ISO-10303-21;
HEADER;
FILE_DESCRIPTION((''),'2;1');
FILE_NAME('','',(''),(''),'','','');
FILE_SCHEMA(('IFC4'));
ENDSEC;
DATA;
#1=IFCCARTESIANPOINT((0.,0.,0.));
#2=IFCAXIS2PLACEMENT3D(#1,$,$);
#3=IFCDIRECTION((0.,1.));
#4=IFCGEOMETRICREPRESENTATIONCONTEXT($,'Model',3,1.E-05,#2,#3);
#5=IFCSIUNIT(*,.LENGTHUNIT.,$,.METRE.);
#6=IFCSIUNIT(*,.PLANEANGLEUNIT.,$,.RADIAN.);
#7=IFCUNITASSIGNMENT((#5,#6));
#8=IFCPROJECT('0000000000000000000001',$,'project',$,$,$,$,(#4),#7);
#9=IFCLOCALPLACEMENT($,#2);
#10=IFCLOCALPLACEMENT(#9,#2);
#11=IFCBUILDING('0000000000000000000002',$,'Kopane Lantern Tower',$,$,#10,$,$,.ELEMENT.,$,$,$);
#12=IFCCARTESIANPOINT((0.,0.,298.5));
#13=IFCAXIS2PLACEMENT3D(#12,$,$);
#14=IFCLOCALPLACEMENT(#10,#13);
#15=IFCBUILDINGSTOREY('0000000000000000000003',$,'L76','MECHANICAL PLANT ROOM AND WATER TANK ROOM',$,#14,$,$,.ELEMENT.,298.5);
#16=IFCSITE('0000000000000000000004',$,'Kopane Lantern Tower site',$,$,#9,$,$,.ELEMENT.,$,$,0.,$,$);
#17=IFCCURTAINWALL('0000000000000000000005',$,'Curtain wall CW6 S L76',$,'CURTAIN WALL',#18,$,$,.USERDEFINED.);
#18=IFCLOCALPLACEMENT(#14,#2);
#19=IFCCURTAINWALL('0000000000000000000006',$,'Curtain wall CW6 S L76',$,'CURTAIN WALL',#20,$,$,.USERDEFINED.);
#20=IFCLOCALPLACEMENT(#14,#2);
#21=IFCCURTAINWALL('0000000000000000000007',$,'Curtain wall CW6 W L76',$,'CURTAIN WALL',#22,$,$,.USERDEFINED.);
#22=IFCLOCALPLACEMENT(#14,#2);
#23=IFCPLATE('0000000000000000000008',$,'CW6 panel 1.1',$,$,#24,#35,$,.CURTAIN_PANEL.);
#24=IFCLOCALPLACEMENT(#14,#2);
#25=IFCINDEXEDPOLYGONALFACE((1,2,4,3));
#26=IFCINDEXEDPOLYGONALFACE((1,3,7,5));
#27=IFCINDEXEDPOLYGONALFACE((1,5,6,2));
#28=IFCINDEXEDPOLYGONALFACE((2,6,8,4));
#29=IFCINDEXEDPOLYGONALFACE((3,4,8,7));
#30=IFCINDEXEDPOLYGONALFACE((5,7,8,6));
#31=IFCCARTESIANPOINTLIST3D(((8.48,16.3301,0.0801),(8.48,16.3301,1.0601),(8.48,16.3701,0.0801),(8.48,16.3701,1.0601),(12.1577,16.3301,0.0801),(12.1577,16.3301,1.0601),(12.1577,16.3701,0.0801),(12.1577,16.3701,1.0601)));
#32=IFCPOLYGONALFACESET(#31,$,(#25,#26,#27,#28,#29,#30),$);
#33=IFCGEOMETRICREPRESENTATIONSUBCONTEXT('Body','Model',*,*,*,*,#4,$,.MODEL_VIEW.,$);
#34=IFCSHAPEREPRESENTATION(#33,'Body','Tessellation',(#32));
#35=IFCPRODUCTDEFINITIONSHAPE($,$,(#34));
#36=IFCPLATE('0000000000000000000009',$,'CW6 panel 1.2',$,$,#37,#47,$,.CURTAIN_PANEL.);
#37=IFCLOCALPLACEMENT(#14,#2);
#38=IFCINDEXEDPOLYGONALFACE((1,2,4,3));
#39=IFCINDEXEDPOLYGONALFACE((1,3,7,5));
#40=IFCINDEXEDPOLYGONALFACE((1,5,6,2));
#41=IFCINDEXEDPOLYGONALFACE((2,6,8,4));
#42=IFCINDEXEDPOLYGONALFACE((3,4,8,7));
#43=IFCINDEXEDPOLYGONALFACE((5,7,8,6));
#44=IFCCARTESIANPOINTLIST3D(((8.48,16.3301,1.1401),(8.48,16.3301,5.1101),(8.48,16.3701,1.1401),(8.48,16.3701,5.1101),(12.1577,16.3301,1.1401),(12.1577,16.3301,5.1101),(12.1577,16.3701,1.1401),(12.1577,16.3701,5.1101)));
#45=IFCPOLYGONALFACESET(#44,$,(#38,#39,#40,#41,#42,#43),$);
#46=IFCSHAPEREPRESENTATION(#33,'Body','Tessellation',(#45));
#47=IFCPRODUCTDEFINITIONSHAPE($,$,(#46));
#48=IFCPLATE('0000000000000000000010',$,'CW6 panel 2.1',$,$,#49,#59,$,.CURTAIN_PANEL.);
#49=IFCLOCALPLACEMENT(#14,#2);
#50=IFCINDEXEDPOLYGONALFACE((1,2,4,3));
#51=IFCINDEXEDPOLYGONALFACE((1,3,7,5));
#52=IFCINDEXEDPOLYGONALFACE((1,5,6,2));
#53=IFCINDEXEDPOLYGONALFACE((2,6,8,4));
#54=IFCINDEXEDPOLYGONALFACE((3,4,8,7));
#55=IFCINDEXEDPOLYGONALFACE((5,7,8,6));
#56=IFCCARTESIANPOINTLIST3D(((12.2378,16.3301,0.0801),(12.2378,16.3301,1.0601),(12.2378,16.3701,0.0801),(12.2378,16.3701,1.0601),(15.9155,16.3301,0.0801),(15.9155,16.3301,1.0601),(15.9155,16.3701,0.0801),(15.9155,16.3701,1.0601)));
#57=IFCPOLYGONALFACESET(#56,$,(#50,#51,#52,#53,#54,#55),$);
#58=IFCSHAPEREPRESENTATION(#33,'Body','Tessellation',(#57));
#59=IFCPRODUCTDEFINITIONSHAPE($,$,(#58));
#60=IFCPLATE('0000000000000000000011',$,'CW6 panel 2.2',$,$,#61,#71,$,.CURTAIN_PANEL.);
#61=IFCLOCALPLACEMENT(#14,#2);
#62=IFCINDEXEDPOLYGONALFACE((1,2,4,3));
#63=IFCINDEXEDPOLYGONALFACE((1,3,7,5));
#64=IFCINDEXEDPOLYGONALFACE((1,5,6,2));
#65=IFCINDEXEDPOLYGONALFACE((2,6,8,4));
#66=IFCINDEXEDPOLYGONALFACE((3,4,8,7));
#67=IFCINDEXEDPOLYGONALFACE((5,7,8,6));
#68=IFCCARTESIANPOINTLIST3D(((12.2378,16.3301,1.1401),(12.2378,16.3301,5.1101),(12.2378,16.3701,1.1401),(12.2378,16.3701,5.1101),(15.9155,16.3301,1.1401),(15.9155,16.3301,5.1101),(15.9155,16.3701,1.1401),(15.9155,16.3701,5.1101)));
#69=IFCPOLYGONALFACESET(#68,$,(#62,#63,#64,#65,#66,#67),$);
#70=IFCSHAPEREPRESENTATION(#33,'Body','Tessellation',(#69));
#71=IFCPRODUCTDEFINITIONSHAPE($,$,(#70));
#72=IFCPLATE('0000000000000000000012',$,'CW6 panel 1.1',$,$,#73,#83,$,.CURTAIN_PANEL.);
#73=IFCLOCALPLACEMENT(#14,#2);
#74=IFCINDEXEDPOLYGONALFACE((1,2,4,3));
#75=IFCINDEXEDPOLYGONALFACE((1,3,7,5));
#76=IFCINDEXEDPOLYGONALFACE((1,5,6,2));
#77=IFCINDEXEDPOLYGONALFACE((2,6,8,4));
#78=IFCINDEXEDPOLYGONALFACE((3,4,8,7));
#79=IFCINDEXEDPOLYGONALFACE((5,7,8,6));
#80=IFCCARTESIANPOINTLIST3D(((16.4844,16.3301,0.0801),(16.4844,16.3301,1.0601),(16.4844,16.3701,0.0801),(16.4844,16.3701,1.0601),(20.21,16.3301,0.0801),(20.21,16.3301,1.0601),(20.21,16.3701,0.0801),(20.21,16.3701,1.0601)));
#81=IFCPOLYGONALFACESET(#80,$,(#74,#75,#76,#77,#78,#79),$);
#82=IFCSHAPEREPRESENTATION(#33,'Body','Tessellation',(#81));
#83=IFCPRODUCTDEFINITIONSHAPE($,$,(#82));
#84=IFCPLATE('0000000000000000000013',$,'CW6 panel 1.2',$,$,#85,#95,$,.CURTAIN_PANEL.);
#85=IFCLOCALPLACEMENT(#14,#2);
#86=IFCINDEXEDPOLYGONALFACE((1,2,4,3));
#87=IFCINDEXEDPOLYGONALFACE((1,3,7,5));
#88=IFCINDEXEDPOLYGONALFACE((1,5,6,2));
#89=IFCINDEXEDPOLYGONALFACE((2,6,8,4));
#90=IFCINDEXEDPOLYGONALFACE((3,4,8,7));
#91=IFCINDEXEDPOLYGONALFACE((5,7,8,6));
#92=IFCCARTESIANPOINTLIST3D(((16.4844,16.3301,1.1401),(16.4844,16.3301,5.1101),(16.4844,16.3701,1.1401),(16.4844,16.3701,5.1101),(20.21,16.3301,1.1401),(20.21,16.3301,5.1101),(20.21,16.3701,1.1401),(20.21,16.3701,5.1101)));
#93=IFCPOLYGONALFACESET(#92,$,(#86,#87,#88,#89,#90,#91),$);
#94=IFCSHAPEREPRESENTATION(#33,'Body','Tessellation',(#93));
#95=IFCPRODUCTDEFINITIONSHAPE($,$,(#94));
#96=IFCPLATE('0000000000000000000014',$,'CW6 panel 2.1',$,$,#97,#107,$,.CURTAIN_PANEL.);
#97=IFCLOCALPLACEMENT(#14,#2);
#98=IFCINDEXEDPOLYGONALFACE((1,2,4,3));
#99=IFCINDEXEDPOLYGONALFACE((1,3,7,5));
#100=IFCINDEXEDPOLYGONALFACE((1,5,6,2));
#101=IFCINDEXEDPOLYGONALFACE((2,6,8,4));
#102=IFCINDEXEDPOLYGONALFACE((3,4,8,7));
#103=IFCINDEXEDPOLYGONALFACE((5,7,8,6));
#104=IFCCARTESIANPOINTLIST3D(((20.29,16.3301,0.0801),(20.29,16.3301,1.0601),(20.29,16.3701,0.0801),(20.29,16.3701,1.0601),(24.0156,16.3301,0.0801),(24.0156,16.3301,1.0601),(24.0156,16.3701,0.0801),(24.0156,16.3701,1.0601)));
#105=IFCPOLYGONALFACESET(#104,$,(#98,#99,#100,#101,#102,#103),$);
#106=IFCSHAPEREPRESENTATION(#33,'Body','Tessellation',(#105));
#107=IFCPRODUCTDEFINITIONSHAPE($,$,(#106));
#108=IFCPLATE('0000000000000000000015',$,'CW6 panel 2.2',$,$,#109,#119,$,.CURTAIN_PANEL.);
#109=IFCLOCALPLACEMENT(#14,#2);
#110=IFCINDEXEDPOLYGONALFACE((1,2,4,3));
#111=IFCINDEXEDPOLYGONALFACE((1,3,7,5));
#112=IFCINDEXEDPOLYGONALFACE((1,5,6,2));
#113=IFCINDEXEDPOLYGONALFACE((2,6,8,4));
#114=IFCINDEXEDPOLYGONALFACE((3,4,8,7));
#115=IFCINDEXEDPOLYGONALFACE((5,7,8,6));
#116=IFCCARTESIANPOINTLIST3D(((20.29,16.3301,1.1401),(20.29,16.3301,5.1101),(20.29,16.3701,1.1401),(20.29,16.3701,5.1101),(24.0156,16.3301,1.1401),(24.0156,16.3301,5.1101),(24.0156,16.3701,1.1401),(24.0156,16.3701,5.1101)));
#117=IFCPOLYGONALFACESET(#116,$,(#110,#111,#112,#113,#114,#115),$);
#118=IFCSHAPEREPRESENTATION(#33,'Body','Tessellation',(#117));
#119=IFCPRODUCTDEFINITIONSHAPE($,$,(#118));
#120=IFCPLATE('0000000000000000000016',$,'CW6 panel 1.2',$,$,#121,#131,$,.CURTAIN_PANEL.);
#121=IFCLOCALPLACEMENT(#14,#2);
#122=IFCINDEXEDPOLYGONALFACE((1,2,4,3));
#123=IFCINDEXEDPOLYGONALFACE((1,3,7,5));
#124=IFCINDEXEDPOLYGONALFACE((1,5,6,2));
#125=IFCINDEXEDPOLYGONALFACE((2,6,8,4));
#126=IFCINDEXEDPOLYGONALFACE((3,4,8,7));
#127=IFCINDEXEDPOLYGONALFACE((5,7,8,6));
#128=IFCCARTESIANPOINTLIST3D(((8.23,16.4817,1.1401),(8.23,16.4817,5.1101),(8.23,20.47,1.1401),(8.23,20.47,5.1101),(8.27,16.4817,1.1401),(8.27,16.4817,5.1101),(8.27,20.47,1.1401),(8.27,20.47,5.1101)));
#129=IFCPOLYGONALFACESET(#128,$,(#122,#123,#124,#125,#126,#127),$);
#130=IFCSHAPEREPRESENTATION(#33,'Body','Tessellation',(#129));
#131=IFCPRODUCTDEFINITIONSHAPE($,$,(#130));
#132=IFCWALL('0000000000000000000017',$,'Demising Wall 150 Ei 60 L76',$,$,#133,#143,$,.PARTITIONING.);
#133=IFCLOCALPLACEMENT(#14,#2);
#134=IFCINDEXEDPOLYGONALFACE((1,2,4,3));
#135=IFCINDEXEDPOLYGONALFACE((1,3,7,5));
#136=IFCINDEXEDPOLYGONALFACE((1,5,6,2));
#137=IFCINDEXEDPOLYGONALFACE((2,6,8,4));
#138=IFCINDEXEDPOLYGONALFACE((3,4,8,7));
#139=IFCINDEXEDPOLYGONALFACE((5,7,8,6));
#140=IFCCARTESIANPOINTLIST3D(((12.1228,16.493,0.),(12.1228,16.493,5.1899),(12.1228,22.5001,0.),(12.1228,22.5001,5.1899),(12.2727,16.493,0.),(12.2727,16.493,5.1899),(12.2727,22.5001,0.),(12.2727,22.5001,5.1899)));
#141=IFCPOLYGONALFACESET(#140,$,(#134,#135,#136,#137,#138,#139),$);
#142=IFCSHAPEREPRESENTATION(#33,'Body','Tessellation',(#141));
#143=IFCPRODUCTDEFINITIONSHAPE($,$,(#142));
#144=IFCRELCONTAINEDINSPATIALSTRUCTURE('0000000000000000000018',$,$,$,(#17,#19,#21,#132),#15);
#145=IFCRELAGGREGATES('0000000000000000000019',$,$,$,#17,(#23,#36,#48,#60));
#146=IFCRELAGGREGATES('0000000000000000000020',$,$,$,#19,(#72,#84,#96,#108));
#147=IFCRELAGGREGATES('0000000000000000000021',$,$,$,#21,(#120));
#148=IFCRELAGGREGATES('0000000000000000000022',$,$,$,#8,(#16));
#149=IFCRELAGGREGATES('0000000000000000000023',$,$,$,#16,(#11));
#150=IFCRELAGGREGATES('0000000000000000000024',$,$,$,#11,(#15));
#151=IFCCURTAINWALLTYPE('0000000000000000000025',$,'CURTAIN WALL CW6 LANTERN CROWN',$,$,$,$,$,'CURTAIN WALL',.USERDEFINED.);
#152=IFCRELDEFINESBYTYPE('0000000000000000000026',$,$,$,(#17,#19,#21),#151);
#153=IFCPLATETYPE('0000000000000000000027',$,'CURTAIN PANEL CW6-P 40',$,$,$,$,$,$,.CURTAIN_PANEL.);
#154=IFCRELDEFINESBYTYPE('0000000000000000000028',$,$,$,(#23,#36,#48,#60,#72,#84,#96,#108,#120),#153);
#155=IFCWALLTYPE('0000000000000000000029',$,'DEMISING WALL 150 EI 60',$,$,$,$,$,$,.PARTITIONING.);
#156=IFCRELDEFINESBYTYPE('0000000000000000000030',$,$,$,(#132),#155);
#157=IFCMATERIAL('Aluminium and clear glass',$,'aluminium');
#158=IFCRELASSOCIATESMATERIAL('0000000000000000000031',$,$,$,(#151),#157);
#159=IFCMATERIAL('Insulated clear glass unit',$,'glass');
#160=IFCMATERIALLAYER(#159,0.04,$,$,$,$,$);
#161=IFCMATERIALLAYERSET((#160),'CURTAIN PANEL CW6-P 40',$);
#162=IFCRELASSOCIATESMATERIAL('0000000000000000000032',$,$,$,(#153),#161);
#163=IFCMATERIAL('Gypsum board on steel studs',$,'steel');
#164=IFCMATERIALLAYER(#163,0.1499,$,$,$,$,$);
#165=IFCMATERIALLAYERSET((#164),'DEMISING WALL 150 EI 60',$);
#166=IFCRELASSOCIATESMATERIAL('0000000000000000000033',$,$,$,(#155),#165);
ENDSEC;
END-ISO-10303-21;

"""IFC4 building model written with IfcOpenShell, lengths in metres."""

from ifc_helpers import new_model, si_unit, direction, frame, frame_2d, origin, origin_2d, place, context, subcontext, project, spatial, rectangle, extrude, material, layer, layer_set, type_object, element, aggregate, save


model = new_model("IFC4")

# Units and contexts
model_context = context("Model", 3, precision=1e-05, world=origin(), true_north=direction((0.0, 1.0)))
body_context = subcontext(model_context, "Body", "Model", "MODEL_VIEW")
ifc_project = project(units=[si_unit("LENGTHUNIT", "METRE"), si_unit("PLANEANGLEUNIT", "RADIAN")], contexts=[model_context])

# Site, building, storey
site_placement = place(None, origin())
site = spatial("IfcSite", under=ifc_project, at=site_placement, Name="Kopane Lantern Tower site", CompositionType="ELEMENT", RefElevation=0.0)
building_placement = place(site_placement, origin())
building = spatial("IfcBuilding", under=site, at=building_placement, Name="Kopane Lantern Tower", CompositionType="ELEMENT")
storey_placement = place(building_placement, frame((0.0, 0.0, 298.5)))
storey = spatial("IfcBuildingStorey", under=building, at=storey_placement, Name="L76", Description="MECHANICAL PLANT ROOM AND WATER TANK ROOM", CompositionType="ELEMENT", Elevation=298.5)

# Curtain walls
ifc_material_1 = material(Name="Aluminium and clear glass", Category="aluminium")
curtain_wall_type = type_object("IfcCurtainWallType", Name="CURTAIN WALL CW6 LANTERN CROWN", ElementType="CURTAIN WALL", PredefinedType="USERDEFINED", material=ifc_material_1)
curtain_wall_1_placement = place(storey_placement, origin())
curtain_wall_1 = element("IfcCurtainWall", 1, at=curtain_wall_1_placement, inside=storey, type_object=curtain_wall_type, Name="Curtain wall CW6 S L76", ObjectType="CURTAIN WALL", PredefinedType="USERDEFINED")
curtain_wall_2_placement = place(storey_placement, origin())
curtain_wall_2 = element("IfcCurtainWall", 2, at=curtain_wall_2_placement, inside=storey, type_object=curtain_wall_type, Name="Curtain wall CW6 S L76", ObjectType="CURTAIN WALL", PredefinedType="USERDEFINED")

# Curtain wall
curtain_wall_3_placement = place(storey_placement, origin())
curtain_wall_3 = element("IfcCurtainWall", 3, at=curtain_wall_3_placement, inside=storey, type_object=curtain_wall_type, Name="Curtain wall CW6 W L76", ObjectType="CURTAIN WALL", PredefinedType="USERDEFINED")

# Plates
ifc_material_2 = material(Name="Insulated clear glass unit", Category="glass")
ifc_layer_1 = layer(ifc_material_2, 0.04)
ifc_layer_set_1 = layer_set([ifc_layer_1], Name="CURTAIN PANEL CW6-P 40")
plate_type = type_object("IfcPlateType", Name="CURTAIN PANEL CW6-P 40", PredefinedType="CURTAIN_PANEL", material=ifc_layer_set_1)
plate_1_placement = place(storey_placement, frame((10.3188, 16.3501, 0.0801), z_axis=(0.0, 0.0, 1.0), x_axis=(1.0, 0.0, 0.0)))
plate_1 = element("IfcPlate", 4, at=plate_1_placement, type_object=plate_type, Name="CW6 panel 1.1", PredefinedType="CURTAIN_PANEL", context=body_context, shape_type="SweptSolid", body=[
    extrude(rectangle(XDim=3.6777, YDim=0.04, at=origin_2d()), origin(), (0.0, 0.0, 1.0), 0.98),
])
plate_2_placement = place(storey_placement, frame((10.3188, 16.3501, 1.1401), z_axis=(0.0, 0.0, 1.0), x_axis=(1.0, 0.0, 0.0)))
plate_2 = element("IfcPlate", 5, at=plate_2_placement, type_object=plate_type, Name="CW6 panel 1.2", PredefinedType="CURTAIN_PANEL", context=body_context, shape_type="SweptSolid", body=[
    extrude(rectangle(XDim=3.6777, YDim=0.04, at=origin_2d()), origin(), (0.0, 0.0, 1.0), 3.97),
])
plate_3_placement = place(storey_placement, frame((14.0767, 16.3501, 0.0801), z_axis=(0.0, 0.0, 1.0), x_axis=(1.0, 0.0, 0.0)))
plate_3 = element("IfcPlate", 6, at=plate_3_placement, type_object=plate_type, Name="CW6 panel 2.1", PredefinedType="CURTAIN_PANEL", context=body_context, shape_type="SweptSolid", body=[
    extrude(rectangle(XDim=3.6777, YDim=0.04, at=origin_2d()), origin(), (0.0, 0.0, 1.0), 0.98),
])
plate_4_placement = place(storey_placement, frame((14.0767, 16.3501, 1.1401), z_axis=(0.0, 0.0, 1.0), x_axis=(1.0, 0.0, 0.0)))
plate_4 = element("IfcPlate", 7, at=plate_4_placement, type_object=plate_type, Name="CW6 panel 2.2", PredefinedType="CURTAIN_PANEL", context=body_context, shape_type="SweptSolid", body=[
    extrude(rectangle(XDim=3.6777, YDim=0.04, at=origin_2d()), origin(), (0.0, 0.0, 1.0), 3.97),
])
aggregate(curtain_wall_1, [plate_1, plate_2, plate_3, plate_4])
plate_5_placement = place(storey_placement, frame((18.3472, 16.3501, 0.0801), z_axis=(0.0, 0.0, 1.0), x_axis=(1.0, 0.0, 0.0)))
plate_5 = element("IfcPlate", 8, at=plate_5_placement, type_object=plate_type, Name="CW6 panel 1.1", PredefinedType="CURTAIN_PANEL", context=body_context, shape_type="SweptSolid", body=[
    extrude(rectangle(XDim=3.7256, YDim=0.04, at=origin_2d()), origin(), (0.0, 0.0, 1.0), 0.98),
])
plate_6_placement = place(storey_placement, frame((18.3472, 16.3501, 1.1401), z_axis=(0.0, 0.0, 1.0), x_axis=(1.0, 0.0, 0.0)))
plate_6 = element("IfcPlate", 9, at=plate_6_placement, type_object=plate_type, Name="CW6 panel 1.2", PredefinedType="CURTAIN_PANEL", context=body_context, shape_type="SweptSolid", body=[
    extrude(rectangle(XDim=3.7256, YDim=0.04, at=origin_2d()), origin(), (0.0, 0.0, 1.0), 3.97),
])
plate_7_placement = place(storey_placement, frame((22.1528, 16.3501, 0.0801), z_axis=(0.0, 0.0, 1.0), x_axis=(1.0, 0.0, 0.0)))
plate_7 = element("IfcPlate", 10, at=plate_7_placement, type_object=plate_type, Name="CW6 panel 2.1", PredefinedType="CURTAIN_PANEL", context=body_context, shape_type="SweptSolid", body=[
    extrude(rectangle(XDim=3.7256, YDim=0.04, at=origin_2d()), origin(), (0.0, 0.0, 1.0), 0.98),
])
plate_8_placement = place(storey_placement, frame((22.1528, 16.3501, 1.1401), z_axis=(0.0, 0.0, 1.0), x_axis=(1.0, 0.0, 0.0)))
plate_8 = element("IfcPlate", 11, at=plate_8_placement, type_object=plate_type, Name="CW6 panel 2.2", PredefinedType="CURTAIN_PANEL", context=body_context, shape_type="SweptSolid", body=[
    extrude(rectangle(XDim=3.7256, YDim=0.04, at=origin_2d()), origin(), (0.0, 0.0, 1.0), 3.97),
])
aggregate(curtain_wall_2, [plate_5, plate_6, plate_7, plate_8])
plate_9_placement = place(storey_placement, frame((8.25, 18.4758, 1.1401), z_axis=(0.0, 0.0, 1.0), x_axis=(0.0, -1.0, 0.0)))
plate_9 = element("IfcPlate", 12, at=plate_9_placement, type_object=plate_type, Name="CW6 panel 1.2", PredefinedType="CURTAIN_PANEL", context=body_context, shape_type="SweptSolid", body=[
    extrude(rectangle(XDim=3.9883, YDim=0.04, at=origin_2d()), origin(), (0.0, 0.0, 1.0), 3.97),
])
aggregate(curtain_wall_3, [plate_9])

# Wall
ifc_material_3 = material(Name="Gypsum board on steel studs", Category="steel")
ifc_layer_2 = layer(ifc_material_3, 0.1499)
ifc_layer_set_2 = layer_set([ifc_layer_2], Name="DEMISING WALL 150 EI 60")
wall_type = type_object("IfcWallType", Name="DEMISING WALL 150 EI 60", PredefinedType="PARTITIONING", material=ifc_layer_set_2)
wall_placement = place(storey_placement, frame((12.1978, 22.5, 0.0), z_axis=(0.0, 0.0, 1.0), x_axis=(0.0, -1.0, 0.0)))
element("IfcWall", 13, at=wall_placement, inside=storey, type_object=wall_type, Name="Demising Wall 150 Ei 60 L76", PredefinedType="PARTITIONING", context=body_context, shape_type="SweptSolid", body=[
    extrude(rectangle(XDim=6.0071, YDim=0.1499, at=frame_2d((3.0034, 0.0))), origin(), (0.0, 0.0, 1.0), 5.1899),
])

save(model, "model.ifc")
